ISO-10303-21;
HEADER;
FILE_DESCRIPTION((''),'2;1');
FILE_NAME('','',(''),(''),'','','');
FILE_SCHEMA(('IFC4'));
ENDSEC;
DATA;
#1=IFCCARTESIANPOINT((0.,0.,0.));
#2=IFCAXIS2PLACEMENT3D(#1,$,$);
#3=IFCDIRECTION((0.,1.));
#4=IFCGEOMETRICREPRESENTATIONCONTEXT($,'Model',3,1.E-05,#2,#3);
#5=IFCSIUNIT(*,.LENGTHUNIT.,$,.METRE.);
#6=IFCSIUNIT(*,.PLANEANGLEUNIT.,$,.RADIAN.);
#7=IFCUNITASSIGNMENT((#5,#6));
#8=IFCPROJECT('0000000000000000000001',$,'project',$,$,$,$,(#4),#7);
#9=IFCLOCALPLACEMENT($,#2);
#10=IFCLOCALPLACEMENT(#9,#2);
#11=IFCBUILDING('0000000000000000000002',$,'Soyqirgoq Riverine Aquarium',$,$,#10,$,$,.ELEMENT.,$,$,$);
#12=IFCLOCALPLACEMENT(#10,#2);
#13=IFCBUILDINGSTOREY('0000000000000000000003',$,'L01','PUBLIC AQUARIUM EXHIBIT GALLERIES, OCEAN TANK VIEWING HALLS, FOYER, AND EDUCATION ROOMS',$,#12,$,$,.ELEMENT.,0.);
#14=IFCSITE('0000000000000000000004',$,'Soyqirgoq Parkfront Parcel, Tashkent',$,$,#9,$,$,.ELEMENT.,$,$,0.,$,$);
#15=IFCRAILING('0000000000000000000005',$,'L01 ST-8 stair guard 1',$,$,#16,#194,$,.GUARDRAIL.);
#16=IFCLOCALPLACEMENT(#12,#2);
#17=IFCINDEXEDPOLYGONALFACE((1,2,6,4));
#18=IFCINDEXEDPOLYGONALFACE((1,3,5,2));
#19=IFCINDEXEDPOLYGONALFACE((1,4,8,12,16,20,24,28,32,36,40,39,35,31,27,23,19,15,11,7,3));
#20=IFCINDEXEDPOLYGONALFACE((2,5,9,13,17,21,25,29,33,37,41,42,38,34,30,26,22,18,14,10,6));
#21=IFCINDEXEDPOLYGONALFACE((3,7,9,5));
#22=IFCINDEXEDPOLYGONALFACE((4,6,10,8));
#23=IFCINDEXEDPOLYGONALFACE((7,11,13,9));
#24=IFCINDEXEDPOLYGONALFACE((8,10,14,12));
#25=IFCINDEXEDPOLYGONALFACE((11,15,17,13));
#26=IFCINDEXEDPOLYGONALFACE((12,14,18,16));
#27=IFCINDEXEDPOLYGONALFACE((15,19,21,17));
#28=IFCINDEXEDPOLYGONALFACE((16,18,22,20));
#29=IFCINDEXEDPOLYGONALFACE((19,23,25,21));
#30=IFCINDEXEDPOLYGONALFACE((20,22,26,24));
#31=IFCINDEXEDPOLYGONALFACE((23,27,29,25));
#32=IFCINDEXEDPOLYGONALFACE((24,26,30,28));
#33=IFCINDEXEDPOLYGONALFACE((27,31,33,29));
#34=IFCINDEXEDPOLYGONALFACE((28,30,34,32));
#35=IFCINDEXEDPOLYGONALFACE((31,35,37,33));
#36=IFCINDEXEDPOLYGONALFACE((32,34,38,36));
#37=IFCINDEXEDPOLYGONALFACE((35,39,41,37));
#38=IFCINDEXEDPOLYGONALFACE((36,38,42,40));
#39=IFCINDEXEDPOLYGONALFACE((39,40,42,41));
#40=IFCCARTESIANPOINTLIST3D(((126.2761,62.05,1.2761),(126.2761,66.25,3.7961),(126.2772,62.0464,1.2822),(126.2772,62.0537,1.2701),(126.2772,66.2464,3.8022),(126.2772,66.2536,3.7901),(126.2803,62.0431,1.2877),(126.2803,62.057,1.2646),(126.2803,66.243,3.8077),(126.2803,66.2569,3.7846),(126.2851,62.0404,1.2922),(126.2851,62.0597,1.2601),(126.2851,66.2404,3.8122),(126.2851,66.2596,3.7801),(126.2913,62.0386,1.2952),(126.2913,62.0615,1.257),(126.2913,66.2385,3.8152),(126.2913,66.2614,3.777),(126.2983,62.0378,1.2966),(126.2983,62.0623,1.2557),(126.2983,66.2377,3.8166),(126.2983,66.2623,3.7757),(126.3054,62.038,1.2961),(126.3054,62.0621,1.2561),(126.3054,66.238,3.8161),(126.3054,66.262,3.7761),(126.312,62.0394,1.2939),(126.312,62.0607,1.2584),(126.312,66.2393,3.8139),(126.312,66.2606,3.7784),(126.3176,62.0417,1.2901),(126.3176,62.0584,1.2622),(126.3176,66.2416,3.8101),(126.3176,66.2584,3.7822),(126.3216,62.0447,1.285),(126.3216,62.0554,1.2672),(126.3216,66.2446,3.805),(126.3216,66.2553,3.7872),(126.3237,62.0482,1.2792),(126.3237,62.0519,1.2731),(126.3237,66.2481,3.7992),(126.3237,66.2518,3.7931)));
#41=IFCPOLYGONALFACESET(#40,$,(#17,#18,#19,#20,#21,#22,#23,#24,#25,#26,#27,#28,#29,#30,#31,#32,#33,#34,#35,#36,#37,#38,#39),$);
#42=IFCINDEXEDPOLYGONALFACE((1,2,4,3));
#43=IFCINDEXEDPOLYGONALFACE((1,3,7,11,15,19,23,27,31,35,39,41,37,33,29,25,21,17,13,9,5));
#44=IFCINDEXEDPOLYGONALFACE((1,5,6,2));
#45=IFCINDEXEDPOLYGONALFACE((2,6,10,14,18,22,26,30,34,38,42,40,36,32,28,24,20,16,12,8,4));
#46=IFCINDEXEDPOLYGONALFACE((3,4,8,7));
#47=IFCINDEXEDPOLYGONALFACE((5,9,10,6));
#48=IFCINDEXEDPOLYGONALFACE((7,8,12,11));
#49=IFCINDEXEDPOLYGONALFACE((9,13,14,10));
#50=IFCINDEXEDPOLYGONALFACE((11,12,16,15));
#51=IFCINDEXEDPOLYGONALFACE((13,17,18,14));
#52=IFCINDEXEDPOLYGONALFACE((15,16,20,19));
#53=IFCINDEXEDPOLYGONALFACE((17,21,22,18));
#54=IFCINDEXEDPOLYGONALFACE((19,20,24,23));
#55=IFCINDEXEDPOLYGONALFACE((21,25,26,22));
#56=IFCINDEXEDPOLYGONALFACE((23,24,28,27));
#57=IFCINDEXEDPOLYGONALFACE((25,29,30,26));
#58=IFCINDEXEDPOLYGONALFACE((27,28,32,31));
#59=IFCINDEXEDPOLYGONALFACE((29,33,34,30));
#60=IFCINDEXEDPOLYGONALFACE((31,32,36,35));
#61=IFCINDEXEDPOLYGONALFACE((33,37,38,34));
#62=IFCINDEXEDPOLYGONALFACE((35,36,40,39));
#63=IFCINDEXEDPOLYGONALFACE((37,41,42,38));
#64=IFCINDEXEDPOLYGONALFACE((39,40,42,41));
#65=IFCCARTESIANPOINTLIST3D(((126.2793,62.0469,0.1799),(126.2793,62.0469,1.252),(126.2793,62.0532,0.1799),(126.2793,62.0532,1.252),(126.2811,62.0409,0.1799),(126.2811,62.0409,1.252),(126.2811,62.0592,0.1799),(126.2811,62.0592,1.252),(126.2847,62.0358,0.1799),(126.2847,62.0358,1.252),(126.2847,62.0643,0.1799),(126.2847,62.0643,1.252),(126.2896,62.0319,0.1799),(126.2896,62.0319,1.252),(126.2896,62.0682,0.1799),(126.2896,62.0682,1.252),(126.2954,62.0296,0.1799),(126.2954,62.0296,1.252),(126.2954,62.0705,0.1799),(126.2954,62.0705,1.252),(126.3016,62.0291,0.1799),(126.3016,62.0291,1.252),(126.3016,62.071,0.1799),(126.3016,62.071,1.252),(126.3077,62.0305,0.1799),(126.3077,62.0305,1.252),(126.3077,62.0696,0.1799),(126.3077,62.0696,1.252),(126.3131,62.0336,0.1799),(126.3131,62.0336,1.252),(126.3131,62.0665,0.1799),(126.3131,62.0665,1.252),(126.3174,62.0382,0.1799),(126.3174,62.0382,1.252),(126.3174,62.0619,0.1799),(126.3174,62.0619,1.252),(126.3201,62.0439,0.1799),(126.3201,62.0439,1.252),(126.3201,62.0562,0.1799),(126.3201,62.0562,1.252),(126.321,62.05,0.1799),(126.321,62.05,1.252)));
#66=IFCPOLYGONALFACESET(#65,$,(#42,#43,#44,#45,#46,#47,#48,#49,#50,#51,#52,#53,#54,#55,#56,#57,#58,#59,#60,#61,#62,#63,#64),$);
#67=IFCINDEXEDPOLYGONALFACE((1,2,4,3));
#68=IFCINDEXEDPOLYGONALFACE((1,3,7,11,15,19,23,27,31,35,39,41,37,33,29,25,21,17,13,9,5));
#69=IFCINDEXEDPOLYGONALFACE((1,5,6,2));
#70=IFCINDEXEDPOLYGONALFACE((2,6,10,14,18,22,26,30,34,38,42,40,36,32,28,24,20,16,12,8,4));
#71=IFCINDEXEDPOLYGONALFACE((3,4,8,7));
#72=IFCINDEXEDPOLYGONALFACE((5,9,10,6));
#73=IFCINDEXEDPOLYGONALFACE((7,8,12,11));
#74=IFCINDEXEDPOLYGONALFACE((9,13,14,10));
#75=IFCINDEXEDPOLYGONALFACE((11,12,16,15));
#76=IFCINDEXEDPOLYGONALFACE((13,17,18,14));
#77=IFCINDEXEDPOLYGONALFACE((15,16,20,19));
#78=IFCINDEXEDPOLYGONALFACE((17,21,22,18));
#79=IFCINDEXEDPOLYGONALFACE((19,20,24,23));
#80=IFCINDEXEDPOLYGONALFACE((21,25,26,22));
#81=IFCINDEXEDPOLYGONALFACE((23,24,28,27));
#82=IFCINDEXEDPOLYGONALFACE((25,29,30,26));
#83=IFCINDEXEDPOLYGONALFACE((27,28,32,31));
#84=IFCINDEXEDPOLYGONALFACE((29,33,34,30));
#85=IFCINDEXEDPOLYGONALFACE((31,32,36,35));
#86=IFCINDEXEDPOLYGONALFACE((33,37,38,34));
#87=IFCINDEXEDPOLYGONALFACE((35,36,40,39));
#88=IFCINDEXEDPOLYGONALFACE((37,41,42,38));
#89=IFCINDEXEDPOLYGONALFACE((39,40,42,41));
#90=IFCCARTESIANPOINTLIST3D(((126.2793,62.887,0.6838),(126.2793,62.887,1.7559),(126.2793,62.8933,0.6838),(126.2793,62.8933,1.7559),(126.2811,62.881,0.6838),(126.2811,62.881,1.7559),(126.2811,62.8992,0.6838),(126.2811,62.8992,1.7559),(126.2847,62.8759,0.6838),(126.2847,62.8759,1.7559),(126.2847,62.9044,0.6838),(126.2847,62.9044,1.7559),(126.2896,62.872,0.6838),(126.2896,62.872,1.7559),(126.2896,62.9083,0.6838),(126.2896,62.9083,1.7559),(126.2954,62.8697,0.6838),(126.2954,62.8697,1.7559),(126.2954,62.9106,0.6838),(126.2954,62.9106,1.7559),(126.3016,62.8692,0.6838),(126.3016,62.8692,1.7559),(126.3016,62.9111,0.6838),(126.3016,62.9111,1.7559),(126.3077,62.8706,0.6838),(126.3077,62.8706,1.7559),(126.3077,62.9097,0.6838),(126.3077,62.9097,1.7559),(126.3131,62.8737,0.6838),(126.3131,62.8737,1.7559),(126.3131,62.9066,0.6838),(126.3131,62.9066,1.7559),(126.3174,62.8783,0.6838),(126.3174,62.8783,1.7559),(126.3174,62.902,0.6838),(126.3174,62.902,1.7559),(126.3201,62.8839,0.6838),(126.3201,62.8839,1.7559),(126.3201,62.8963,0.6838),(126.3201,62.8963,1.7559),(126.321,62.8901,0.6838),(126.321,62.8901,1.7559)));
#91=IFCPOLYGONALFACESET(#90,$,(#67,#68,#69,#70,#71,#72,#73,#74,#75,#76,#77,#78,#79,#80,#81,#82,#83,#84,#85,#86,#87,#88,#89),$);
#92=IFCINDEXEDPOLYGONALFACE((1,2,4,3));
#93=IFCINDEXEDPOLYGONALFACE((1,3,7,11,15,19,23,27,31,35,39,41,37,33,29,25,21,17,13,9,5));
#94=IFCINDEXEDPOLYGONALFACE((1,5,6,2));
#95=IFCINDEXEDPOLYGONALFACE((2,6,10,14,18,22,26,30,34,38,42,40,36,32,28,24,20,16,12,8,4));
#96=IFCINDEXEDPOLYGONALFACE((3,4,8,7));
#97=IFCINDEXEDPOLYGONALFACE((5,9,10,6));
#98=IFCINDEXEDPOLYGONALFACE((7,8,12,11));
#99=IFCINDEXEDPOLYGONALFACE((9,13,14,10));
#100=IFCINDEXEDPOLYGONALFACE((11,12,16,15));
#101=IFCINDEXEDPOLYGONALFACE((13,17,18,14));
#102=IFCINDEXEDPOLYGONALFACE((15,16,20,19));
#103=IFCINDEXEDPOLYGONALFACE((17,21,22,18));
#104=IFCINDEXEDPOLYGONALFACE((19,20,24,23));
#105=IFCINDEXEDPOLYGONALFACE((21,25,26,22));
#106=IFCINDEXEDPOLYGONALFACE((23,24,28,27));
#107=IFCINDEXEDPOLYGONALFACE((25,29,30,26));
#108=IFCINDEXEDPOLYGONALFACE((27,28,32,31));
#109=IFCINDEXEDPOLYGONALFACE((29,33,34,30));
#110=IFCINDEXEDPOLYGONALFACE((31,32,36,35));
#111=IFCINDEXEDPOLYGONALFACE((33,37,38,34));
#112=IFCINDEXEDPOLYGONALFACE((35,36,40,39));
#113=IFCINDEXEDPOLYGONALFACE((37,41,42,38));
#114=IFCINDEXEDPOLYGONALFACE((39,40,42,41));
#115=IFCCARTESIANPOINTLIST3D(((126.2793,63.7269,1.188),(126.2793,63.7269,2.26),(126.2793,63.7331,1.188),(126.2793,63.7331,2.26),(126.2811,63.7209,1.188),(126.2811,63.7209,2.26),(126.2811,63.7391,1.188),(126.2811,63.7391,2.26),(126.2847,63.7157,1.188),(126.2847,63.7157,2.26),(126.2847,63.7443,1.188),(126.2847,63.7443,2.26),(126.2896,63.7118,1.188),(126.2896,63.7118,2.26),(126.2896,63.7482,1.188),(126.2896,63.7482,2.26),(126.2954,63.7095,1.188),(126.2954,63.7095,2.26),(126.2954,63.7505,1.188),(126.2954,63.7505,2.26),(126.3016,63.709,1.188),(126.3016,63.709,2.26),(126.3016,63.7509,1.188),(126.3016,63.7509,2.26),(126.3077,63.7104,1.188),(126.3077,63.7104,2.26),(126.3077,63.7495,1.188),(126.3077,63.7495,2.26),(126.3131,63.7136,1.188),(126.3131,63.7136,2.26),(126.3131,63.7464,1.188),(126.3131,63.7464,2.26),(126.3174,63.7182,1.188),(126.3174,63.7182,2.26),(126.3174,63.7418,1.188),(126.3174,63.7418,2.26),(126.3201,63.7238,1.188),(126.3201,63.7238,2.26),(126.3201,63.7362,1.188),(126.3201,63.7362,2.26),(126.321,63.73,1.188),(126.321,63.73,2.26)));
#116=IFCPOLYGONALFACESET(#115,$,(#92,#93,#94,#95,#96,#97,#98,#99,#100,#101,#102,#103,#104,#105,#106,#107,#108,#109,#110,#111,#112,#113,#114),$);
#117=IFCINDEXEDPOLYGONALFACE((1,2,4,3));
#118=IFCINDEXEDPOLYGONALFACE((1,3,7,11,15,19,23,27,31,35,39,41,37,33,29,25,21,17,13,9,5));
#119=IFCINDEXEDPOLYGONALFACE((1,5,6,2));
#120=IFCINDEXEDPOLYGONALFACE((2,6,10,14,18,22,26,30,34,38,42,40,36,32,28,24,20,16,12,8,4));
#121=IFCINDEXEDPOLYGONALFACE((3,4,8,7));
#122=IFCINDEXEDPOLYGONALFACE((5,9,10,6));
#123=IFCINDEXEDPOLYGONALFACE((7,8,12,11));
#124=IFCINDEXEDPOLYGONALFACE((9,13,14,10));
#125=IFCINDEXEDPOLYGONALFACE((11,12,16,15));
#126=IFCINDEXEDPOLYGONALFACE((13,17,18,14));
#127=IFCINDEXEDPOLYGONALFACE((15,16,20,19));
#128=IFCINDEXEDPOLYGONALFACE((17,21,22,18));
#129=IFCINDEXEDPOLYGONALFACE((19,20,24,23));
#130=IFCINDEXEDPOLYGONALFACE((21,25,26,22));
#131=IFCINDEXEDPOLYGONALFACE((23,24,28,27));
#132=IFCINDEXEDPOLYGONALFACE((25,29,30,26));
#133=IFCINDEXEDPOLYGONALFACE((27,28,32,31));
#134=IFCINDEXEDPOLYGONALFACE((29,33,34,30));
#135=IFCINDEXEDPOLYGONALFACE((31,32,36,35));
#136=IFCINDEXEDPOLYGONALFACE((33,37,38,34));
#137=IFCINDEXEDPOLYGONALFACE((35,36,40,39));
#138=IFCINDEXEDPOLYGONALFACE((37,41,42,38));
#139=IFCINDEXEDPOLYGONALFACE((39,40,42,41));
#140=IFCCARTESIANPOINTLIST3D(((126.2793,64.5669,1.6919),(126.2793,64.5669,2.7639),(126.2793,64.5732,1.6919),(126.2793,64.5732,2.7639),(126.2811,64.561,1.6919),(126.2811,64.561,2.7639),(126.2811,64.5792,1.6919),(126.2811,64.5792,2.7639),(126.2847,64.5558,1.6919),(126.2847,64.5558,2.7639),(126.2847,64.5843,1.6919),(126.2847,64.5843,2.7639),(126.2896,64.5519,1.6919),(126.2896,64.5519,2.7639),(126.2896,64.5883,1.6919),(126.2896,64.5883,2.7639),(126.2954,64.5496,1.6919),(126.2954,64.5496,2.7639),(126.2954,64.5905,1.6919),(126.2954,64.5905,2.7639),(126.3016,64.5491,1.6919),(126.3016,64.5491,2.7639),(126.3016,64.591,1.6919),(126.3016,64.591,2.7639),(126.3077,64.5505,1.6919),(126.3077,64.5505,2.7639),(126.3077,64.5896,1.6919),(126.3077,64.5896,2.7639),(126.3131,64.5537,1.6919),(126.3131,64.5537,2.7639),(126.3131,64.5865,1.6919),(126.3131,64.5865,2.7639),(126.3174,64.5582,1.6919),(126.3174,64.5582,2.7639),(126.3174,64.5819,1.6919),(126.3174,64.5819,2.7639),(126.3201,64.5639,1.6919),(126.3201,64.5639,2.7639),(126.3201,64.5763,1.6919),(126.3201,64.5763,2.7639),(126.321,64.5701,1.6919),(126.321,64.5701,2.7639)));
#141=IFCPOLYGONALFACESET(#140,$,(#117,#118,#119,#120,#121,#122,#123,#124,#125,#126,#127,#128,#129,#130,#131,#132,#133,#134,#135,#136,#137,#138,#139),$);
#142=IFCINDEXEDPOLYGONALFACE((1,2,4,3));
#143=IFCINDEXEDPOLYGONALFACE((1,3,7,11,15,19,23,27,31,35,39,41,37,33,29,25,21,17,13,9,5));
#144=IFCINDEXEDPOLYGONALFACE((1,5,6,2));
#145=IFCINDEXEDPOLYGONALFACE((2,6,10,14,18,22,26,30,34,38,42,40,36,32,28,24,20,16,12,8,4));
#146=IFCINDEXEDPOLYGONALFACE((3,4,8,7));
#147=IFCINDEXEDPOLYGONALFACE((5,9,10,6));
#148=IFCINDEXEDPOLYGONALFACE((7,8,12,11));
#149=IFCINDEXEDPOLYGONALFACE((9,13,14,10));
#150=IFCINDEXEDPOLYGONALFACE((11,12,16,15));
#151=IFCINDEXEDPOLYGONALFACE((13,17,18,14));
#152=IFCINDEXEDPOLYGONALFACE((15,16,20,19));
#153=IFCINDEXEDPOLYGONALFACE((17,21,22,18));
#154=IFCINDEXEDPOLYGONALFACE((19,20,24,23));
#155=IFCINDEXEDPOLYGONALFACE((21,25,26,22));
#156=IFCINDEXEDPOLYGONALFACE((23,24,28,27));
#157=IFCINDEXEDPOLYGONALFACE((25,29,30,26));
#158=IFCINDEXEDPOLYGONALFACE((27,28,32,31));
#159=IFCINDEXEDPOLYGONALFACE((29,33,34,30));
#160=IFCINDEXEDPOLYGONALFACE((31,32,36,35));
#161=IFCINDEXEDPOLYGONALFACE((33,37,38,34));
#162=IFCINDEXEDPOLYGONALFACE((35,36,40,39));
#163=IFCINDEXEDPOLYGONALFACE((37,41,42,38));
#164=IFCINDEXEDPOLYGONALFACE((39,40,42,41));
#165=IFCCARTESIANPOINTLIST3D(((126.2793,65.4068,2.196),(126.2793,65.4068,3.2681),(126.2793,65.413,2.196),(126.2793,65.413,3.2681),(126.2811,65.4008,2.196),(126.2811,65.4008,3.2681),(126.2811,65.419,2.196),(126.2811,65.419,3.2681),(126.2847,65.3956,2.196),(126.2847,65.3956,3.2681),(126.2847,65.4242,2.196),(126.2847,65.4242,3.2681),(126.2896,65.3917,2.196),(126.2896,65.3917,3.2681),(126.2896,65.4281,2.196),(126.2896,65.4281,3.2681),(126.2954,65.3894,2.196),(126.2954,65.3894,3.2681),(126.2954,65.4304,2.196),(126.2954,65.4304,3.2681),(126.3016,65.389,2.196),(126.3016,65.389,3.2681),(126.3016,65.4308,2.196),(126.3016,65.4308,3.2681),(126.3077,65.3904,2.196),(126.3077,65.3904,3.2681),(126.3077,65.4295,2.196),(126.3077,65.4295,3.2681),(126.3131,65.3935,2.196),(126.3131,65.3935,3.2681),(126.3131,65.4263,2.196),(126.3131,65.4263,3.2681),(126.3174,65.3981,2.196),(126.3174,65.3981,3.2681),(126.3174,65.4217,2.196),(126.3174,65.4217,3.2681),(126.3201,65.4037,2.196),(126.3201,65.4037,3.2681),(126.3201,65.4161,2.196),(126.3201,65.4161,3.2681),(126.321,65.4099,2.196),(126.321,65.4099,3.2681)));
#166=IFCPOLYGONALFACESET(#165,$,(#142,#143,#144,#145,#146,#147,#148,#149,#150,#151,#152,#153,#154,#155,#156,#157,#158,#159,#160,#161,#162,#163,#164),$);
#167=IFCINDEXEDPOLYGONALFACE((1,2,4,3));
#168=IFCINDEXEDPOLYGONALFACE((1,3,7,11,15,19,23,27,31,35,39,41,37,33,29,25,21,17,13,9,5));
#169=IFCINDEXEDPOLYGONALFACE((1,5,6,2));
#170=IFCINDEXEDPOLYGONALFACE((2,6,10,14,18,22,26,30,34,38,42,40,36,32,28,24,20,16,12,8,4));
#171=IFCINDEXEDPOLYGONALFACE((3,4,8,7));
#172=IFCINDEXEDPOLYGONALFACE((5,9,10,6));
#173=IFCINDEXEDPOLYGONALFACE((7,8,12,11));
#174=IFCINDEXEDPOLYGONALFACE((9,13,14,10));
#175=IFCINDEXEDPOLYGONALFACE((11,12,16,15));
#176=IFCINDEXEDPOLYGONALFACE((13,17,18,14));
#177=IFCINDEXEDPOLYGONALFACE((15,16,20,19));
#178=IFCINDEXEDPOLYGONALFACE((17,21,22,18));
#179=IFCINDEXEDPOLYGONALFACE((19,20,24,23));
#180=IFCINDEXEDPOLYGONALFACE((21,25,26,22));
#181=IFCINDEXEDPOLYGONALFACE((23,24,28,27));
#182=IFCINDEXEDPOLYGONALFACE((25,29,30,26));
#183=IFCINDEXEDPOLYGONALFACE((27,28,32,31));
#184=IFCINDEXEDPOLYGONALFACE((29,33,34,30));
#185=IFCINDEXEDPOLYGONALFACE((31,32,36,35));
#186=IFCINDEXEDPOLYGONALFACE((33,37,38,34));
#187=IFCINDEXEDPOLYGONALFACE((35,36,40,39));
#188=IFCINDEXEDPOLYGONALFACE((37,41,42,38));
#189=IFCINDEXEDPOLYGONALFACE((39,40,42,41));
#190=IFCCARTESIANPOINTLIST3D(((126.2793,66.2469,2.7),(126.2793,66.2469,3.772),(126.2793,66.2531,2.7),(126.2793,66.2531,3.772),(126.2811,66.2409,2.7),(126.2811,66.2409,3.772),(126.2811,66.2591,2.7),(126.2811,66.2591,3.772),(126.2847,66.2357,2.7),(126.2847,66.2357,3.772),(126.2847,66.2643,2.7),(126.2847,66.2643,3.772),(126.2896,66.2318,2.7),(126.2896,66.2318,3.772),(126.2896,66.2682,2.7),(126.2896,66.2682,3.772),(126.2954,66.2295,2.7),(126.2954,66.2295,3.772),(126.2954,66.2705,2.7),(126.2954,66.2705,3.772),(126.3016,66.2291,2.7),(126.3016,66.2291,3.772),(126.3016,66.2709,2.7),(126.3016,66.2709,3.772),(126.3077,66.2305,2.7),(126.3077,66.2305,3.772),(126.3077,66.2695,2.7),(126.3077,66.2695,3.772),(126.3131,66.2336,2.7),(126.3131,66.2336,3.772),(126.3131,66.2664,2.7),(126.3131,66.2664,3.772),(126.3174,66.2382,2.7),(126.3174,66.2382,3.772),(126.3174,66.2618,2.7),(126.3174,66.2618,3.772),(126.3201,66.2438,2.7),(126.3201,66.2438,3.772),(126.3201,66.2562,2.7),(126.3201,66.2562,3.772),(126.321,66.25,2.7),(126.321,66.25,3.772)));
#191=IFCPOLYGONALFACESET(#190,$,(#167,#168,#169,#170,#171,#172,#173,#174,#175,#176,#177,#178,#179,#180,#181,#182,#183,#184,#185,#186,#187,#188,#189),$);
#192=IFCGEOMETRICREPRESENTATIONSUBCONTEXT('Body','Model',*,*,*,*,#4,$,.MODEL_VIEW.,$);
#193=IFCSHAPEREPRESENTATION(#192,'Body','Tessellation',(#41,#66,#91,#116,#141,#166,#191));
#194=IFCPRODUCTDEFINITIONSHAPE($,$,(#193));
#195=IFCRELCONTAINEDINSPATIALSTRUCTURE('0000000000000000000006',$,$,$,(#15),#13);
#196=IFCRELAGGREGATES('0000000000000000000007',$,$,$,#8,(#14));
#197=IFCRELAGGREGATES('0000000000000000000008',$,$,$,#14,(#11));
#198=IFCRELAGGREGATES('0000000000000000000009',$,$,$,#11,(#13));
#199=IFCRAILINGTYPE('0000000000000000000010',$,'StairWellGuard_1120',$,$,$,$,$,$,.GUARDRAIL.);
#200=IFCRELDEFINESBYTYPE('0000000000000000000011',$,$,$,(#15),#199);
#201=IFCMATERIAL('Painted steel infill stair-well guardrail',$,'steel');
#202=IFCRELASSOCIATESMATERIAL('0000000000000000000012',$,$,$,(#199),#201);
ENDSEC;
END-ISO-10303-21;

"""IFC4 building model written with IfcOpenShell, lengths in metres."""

from ifc_helpers import new_model, si_unit, direction, frame, origin, origin_2d, place, context, subcontext, project, spatial, circle, extrude, material, type_object, element, save


model = new_model("IFC4")

# Units and contexts
model_context = context("Model", 3, precision=1e-05, world=origin(), true_north=direction((0.0, 1.0)))
body_context = subcontext(model_context, "Body", "Model", "MODEL_VIEW")
ifc_project = project(units=[si_unit("LENGTHUNIT", "METRE"), si_unit("PLANEANGLEUNIT", "RADIAN")], contexts=[model_context])

# Site, building, storey
site_placement = place(None, origin())
site = spatial("IfcSite", under=ifc_project, at=site_placement, Name="Soyqirgoq Parkfront Parcel, Tashkent", CompositionType="ELEMENT", RefElevation=0.0)
building_placement = place(site_placement, origin())
building = spatial("IfcBuilding", under=site, at=building_placement, Name="Soyqirgoq Riverine Aquarium", CompositionType="ELEMENT")
storey_placement = place(building_placement, origin())
storey = spatial("IfcBuildingStorey", under=building, at=storey_placement, Name="L01", Description="PUBLIC AQUARIUM EXHIBIT GALLERIES, OCEAN TANK VIEWING HALLS, FOYER, AND EDUCATION ROOMS", CompositionType="ELEMENT", Elevation=0.0)

# Railing
ifc_material_1 = material(Name="Painted steel infill stair-well guardrail", Category="steel")
railing_type_1 = type_object("IfcRailingType", Name="StairWellGuard_1120", PredefinedType="GUARDRAIL", material=ifc_material_1)
railing_1_placement = place(storey_placement, frame((126.3, 62.05, 0.1799)))
element("IfcRailing", 1, at=railing_1_placement, inside=storey, type_object=railing_type_1, Name="L01 ST-8 stair guard 1", PredefinedType="GUARDRAIL", context=body_context, shape_type="SweptSolid", body=[
    extrude(circle(Radius=0.0239, at=origin_2d()), frame((0.0, 0.0, 1.0962), z_axis=(0.0, 0.857489, 0.514503), x_axis=(-1.0, 0.0, 0.0)), (0.0, 0.0, 1.0), 4.8979),
    extrude(circle(Radius=0.021, at=origin_2d()), origin(), (0.0, 0.0, 1.0), 1.072),
    extrude(circle(Radius=0.021, at=origin_2d()), frame((0.0, 0.8401, 0.5039)), (0.0, 0.0, 1.0), 1.072),
    extrude(circle(Radius=0.021, at=origin_2d()), frame((0.0, 1.6799, 1.0081)), (0.0, 0.0, 1.0), 1.072),
    extrude(circle(Radius=0.021, at=origin_2d()), frame((0.0, 2.52, 1.512)), (0.0, 0.0, 1.0), 1.072),
    extrude(circle(Radius=0.021, at=origin_2d()), frame((0.0, 3.3599, 2.0161)), (0.0, 0.0, 1.0), 1.072),
    extrude(circle(Radius=0.021, at=origin_2d()), frame((0.0, 4.2, 2.52)), (0.0, 0.0, 1.0), 1.072),
])

save(model, "model.ifc")
